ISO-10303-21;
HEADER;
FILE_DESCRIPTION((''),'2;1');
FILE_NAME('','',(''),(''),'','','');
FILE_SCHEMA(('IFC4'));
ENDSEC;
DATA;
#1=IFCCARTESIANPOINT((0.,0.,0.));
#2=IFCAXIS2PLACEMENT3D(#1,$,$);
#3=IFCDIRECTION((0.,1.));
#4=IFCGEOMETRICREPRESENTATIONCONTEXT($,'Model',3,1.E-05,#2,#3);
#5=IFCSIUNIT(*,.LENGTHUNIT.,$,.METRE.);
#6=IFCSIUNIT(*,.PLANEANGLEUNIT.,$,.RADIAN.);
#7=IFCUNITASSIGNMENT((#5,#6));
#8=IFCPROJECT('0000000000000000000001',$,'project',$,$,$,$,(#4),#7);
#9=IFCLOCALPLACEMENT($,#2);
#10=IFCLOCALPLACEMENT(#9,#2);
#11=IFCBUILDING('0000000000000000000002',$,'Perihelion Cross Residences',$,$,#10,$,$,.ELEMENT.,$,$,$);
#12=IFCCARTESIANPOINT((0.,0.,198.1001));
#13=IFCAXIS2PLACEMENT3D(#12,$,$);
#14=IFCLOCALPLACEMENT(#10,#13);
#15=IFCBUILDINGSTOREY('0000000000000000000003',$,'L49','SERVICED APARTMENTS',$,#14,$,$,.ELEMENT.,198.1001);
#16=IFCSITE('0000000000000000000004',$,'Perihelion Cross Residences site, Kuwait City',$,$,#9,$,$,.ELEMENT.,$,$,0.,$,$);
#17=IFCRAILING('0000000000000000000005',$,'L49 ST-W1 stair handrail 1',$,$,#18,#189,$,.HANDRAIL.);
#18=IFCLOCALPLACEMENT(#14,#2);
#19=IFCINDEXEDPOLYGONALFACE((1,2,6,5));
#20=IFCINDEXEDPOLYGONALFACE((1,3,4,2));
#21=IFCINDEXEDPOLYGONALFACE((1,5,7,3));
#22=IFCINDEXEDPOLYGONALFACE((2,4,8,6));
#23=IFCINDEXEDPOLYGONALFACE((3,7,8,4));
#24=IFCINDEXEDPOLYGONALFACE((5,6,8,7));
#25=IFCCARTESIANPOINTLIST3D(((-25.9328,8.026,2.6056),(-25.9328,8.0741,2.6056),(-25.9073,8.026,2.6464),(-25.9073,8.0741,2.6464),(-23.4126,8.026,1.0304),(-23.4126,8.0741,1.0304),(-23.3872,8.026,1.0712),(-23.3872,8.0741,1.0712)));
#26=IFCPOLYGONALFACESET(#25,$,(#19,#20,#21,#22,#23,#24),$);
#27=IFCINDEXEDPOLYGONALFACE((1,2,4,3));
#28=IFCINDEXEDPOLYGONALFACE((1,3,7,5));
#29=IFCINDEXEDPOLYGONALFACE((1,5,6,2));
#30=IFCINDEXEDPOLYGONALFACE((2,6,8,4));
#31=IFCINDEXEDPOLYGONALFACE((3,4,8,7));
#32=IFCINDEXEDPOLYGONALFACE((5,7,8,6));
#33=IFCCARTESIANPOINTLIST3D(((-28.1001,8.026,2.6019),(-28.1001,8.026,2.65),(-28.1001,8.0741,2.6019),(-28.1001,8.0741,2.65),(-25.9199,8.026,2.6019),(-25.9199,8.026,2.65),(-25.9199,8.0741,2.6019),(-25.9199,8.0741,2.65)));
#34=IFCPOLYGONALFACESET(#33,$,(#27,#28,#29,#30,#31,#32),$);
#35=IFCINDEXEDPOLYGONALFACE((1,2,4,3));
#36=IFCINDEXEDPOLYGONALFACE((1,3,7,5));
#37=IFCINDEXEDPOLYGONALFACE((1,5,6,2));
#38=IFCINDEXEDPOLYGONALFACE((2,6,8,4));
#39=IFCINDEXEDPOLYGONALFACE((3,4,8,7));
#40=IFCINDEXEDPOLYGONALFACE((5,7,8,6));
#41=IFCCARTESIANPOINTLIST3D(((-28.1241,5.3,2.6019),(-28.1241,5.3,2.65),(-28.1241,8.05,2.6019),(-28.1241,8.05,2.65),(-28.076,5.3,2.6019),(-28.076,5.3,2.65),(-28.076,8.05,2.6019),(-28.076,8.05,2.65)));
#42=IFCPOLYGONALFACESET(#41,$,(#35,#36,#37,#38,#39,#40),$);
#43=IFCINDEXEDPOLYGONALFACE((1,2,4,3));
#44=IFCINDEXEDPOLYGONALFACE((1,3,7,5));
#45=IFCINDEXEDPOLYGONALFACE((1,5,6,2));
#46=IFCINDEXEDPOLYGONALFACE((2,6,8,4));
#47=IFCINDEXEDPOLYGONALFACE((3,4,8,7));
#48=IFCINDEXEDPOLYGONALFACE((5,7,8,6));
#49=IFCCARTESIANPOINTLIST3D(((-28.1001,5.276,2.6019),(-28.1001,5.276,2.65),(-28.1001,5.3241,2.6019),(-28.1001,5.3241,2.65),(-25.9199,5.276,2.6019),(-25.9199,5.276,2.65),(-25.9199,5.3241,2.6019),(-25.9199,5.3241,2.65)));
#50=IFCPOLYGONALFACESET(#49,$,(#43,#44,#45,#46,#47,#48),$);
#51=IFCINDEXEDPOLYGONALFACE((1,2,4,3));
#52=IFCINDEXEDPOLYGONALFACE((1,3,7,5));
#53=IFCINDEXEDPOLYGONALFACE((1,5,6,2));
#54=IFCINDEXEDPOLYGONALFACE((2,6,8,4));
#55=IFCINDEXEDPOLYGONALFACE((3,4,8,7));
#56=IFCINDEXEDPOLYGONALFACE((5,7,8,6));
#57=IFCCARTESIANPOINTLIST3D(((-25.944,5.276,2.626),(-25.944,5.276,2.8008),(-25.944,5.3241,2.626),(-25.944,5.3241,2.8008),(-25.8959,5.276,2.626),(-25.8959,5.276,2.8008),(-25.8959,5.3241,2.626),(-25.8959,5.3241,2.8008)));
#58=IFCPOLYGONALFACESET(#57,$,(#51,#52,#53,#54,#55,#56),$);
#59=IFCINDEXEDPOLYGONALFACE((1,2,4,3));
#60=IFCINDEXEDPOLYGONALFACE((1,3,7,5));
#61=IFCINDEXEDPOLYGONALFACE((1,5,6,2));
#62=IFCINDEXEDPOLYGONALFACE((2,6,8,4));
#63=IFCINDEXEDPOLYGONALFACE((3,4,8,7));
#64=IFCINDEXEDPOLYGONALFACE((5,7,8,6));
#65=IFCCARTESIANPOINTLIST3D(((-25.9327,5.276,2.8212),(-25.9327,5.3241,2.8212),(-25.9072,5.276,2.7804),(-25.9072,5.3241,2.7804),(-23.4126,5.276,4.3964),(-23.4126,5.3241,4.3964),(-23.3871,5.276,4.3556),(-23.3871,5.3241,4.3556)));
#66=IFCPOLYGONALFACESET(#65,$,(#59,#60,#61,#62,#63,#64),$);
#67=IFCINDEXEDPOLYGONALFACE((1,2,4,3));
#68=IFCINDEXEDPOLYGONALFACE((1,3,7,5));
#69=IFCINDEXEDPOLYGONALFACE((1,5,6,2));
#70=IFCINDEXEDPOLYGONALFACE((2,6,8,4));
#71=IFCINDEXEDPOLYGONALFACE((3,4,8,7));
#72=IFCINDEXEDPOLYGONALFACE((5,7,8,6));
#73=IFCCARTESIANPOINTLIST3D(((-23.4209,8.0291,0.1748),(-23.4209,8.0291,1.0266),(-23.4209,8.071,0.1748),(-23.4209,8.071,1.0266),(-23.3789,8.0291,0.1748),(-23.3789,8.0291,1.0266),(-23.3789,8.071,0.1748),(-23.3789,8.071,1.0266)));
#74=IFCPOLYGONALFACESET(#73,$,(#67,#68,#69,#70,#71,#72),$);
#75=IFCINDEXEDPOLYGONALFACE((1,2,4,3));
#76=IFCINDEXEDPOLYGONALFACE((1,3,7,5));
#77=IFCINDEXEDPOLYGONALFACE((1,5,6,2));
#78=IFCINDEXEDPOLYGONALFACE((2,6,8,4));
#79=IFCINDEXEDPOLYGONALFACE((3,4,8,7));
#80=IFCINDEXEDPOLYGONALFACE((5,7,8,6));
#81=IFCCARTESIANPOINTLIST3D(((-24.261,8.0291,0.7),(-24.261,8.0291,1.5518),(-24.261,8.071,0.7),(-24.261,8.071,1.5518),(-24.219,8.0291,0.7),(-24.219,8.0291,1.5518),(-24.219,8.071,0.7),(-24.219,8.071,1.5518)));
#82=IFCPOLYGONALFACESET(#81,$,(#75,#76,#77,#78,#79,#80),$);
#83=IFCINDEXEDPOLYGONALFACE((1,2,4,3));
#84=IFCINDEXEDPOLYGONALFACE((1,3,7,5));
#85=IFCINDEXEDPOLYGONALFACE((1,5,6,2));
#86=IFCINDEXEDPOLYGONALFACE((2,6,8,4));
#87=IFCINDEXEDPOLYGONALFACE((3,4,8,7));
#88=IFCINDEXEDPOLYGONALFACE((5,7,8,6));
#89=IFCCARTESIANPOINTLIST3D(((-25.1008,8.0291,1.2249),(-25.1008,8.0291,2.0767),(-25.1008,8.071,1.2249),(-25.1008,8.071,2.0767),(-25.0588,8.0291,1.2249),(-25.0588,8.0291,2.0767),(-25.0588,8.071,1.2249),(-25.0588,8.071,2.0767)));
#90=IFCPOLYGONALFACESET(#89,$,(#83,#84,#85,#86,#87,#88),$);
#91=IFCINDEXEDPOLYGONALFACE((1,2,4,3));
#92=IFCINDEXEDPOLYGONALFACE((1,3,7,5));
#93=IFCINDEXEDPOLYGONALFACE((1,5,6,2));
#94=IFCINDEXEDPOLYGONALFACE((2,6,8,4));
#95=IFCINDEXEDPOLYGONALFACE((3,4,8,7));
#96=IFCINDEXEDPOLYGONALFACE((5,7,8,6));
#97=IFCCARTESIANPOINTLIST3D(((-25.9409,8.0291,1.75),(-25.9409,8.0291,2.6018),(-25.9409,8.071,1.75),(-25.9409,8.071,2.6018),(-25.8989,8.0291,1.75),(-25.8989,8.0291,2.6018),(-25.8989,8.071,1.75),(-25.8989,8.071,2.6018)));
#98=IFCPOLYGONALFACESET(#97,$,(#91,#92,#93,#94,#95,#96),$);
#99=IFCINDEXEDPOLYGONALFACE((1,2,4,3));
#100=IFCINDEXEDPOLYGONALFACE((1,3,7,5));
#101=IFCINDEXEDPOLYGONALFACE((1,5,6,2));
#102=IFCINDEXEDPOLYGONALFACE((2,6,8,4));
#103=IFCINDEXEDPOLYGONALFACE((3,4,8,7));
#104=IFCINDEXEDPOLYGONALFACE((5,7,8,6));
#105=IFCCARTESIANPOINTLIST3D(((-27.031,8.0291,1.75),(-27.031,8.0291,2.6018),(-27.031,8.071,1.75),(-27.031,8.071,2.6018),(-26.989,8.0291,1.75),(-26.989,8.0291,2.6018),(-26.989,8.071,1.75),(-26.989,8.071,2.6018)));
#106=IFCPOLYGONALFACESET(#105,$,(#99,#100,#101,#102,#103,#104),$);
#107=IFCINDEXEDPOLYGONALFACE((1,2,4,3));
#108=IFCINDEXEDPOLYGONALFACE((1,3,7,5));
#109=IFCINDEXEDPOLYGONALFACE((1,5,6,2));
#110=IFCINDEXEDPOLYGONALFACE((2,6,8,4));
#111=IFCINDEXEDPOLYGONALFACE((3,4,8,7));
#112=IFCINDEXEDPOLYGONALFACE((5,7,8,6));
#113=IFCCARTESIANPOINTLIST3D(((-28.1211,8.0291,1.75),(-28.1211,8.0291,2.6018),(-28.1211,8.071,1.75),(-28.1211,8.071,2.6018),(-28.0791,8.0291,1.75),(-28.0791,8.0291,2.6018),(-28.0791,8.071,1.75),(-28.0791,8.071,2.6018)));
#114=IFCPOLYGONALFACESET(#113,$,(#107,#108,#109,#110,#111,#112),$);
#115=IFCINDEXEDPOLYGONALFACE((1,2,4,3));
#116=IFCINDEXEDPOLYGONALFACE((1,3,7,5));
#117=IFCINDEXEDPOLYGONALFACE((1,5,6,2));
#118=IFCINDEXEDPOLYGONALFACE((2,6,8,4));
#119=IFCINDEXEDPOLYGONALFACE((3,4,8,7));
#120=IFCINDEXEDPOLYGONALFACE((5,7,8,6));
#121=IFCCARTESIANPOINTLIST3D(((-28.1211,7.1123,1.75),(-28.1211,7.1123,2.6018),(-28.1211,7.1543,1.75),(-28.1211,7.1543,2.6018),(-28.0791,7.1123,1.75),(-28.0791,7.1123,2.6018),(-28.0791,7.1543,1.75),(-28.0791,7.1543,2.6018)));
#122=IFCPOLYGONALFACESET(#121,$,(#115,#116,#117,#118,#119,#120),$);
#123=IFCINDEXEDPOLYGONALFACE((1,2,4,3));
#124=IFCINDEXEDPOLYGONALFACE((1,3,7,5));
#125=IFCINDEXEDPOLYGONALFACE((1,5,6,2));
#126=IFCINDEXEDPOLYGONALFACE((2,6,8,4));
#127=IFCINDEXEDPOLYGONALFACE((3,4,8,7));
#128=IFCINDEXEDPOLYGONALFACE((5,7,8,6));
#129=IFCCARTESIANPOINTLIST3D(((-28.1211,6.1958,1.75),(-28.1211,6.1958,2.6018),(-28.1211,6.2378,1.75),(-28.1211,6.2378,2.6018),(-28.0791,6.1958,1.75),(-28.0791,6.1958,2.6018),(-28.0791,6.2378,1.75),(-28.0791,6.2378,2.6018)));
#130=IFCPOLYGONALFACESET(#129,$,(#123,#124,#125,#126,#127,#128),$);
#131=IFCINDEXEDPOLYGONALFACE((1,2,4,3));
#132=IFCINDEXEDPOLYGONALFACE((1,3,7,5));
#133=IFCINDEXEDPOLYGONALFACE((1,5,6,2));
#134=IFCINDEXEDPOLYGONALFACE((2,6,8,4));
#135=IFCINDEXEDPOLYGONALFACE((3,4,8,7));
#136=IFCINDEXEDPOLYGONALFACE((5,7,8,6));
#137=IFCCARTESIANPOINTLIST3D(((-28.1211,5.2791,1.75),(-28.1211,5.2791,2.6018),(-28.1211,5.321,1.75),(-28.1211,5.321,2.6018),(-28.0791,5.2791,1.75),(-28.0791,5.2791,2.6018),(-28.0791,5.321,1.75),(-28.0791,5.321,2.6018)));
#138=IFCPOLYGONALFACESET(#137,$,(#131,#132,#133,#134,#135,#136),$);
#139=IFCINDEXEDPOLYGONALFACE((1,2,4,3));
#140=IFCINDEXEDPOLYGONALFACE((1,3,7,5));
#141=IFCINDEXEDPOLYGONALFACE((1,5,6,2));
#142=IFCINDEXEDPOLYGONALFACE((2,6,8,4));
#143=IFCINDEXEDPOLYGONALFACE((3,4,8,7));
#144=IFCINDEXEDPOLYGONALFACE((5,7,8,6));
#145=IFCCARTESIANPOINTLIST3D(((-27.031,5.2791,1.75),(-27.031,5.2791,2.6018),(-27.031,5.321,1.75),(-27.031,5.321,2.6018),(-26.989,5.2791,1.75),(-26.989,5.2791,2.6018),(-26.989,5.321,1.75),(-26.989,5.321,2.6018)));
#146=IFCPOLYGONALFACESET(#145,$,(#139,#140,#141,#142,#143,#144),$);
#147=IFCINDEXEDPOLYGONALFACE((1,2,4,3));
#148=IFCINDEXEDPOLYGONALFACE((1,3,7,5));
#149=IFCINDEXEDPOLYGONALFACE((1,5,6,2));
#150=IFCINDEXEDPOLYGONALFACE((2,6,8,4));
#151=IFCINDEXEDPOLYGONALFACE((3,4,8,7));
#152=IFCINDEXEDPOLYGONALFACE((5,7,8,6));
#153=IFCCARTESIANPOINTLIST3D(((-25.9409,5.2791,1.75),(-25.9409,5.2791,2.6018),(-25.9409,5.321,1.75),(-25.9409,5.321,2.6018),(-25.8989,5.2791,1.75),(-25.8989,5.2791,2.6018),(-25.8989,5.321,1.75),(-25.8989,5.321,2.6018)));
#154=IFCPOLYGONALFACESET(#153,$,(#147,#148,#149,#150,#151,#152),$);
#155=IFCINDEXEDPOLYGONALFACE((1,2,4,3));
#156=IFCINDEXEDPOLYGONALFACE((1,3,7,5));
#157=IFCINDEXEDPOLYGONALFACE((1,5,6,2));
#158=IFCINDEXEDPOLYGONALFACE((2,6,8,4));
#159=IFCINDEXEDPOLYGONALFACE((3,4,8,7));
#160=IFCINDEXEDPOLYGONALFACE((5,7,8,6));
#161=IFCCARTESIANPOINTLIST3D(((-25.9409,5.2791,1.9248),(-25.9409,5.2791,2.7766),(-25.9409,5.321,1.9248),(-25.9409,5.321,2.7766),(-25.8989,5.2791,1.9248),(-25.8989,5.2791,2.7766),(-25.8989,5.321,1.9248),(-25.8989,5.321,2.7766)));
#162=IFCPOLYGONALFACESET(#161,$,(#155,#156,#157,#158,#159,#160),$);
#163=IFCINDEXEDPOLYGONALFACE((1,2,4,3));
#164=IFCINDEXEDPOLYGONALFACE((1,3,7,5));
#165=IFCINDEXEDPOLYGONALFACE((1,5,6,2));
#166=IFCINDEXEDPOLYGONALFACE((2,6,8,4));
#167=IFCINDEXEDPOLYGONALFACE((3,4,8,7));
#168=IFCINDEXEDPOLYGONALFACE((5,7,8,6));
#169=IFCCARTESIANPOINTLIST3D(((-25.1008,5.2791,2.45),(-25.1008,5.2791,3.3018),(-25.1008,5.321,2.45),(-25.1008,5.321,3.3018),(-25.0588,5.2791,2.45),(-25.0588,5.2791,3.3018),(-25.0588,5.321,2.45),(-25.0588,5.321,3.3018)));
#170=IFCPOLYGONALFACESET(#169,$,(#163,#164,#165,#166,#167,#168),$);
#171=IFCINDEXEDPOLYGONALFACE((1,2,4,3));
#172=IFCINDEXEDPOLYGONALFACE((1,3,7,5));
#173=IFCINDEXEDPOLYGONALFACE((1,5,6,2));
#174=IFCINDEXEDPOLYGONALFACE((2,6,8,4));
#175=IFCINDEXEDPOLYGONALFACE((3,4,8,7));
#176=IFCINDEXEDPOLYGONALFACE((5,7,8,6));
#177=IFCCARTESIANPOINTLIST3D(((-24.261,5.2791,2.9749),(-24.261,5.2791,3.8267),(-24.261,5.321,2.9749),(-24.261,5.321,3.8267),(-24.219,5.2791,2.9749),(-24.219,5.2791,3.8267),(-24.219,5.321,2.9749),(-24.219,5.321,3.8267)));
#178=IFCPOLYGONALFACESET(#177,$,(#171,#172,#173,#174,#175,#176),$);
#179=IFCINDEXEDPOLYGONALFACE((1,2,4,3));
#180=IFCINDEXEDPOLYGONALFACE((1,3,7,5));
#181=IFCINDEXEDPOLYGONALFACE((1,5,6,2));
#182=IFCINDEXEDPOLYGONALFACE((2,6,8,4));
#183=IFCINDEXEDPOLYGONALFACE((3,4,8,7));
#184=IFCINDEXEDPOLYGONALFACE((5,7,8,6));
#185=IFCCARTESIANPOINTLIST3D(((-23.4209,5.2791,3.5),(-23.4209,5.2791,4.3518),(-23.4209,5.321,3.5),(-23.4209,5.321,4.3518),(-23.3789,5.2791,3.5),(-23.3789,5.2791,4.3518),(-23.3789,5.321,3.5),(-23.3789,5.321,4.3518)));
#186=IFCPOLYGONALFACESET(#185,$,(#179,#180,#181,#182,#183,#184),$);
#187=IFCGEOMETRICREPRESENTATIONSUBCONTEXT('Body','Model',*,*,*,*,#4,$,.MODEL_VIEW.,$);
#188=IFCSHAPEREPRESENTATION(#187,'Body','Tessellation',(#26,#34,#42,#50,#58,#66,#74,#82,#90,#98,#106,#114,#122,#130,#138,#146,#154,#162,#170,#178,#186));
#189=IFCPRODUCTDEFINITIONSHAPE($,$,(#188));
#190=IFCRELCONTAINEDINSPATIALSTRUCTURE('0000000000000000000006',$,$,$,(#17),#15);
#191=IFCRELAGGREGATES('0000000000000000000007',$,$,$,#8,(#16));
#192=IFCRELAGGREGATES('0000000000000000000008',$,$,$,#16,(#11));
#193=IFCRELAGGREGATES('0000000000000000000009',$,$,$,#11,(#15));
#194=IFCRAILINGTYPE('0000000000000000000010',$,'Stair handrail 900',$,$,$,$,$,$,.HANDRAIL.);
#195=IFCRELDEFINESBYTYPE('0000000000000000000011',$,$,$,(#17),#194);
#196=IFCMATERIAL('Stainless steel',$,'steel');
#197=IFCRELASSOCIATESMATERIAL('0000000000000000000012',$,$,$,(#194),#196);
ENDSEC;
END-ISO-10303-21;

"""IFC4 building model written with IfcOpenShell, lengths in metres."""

from ifc_helpers import new_model, si_unit, direction, frame, origin, origin_2d, place, context, subcontext, project, spatial, rectangle, extrude, material, type_object, element, save


model = new_model("IFC4")

# Units and contexts
model_context = context("Model", 3, precision=1e-05, world=origin(), true_north=direction((0.0, 1.0)))
body_context = subcontext(model_context, "Body", "Model", "MODEL_VIEW")
ifc_project = project(units=[si_unit("LENGTHUNIT", "METRE"), si_unit("PLANEANGLEUNIT", "RADIAN")], contexts=[model_context])

# Site, building, storey
site_placement = place(None, origin())
site = spatial("IfcSite", under=ifc_project, at=site_placement, Name="Perihelion Cross Residences site, Kuwait City", CompositionType="ELEMENT", RefElevation=0.0)
building_placement = place(site_placement, origin())
building = spatial("IfcBuilding", under=site, at=building_placement, Name="Perihelion Cross Residences", CompositionType="ELEMENT")
storey_placement = place(building_placement, frame((0.0, 0.0, 198.1001)))
storey = spatial("IfcBuildingStorey", under=building, at=storey_placement, Name="L49", Description="SERVICED APARTMENTS", CompositionType="ELEMENT", Elevation=198.1001)

# Railing
ifc_material_1 = material(Name="Stainless steel", Category="steel")
railing_type_1 = type_object("IfcRailingType", Name="Stair handrail 900", PredefinedType="HANDRAIL", material=ifc_material_1)
railing_1_placement = place(storey_placement, frame((-23.3999, 8.05, 0.1748)))
element("IfcRailing", 1, at=railing_1_placement, inside=storey, type_object=railing_type_1, Name="L49 ST-W1 stair handrail 1", PredefinedType="HANDRAIL", context=body_context, shape_type="SweptSolid", body=[
    extrude(rectangle(XDim=0.0481, YDim=0.0481, at=origin_2d()), frame((0.0, 0.0, 0.876), z_axis=(-0.847971, 0.0, 0.530043), x_axis=(0.0, -1.0, 0.0)), (0.0, 0.0, 1.0), 2.9719),
    extrude(rectangle(XDim=0.0481, YDim=0.0481, at=origin_2d()), frame((-2.52, 0.0, 2.4512), z_axis=(-1.0, 0.0, 0.0), x_axis=(0.0, -1.0, 0.0)), (0.0, 0.0, 1.0), 2.1802),
    extrude(rectangle(XDim=0.0481, YDim=0.0481, at=origin_2d()), frame((-4.7002, 0.0, 2.4512), z_axis=(0.0, -1.0, 0.0), x_axis=(1.0, 0.0, 0.0)), (0.0, 0.0, 1.0), 2.75),
    extrude(rectangle(XDim=0.0481, YDim=0.0481, at=origin_2d()), frame((-4.7002, -2.75, 2.4512), z_axis=(1.0, 0.0, 0.0), x_axis=(0.0, 1.0, 0.0)), (0.0, 0.0, 1.0), 2.1802),
    extrude(rectangle(XDim=0.0481, YDim=0.0481, at=origin_2d()), frame((-2.52, -2.75, 2.4512), z_axis=(0.0, 0.0, 1.0), x_axis=(1.0, 0.0, 0.0)), (0.0, 0.0, 1.0), 0.1748),
    extrude(rectangle(XDim=0.0481, YDim=0.0481, at=origin_2d()), frame((-2.52, -2.75, 2.626), z_axis=(0.847971, 0.0, 0.530043), x_axis=(0.0, 1.0, 0.0)), (0.0, 0.0, 1.0), 2.9719),
    extrude(rectangle(XDim=0.042, YDim=0.042, at=origin_2d()), origin(), (0.0, 0.0, 1.0), 0.8518),
    extrude(rectangle(XDim=0.042, YDim=0.042, at=origin_2d()), frame((-0.8401, 0.0, 0.5251)), (0.0, 0.0, 1.0), 0.8518),
    extrude(rectangle(XDim=0.042, YDim=0.042, at=origin_2d()), frame((-1.6799, 0.0, 1.05)), (0.0, 0.0, 1.0), 0.8518),
    extrude(rectangle(XDim=0.042, YDim=0.042, at=origin_2d()), frame((-2.52, 0.0, 1.5752)), (0.0, 0.0, 1.0), 0.8518),
    extrude(rectangle(XDim=0.042, YDim=0.042, at=origin_2d()), frame((-3.6101, 0.0, 1.5752)), (0.0, 0.0, 1.0), 0.8518),
    extrude(rectangle(XDim=0.042, YDim=0.042, at=origin_2d()), frame((-4.7002, 0.0, 1.5752)), (0.0, 0.0, 1.0), 0.8518),
    extrude(rectangle(XDim=0.042, YDim=0.042, at=origin_2d()), frame((-4.7002, -0.9167, 1.5752)), (0.0, 0.0, 1.0), 0.8518),
    extrude(rectangle(XDim=0.042, YDim=0.042, at=origin_2d()), frame((-4.7002, -1.8333, 1.5752)), (0.0, 0.0, 1.0), 0.8518),
    extrude(rectangle(XDim=0.042, YDim=0.042, at=origin_2d()), frame((-4.7002, -2.75, 1.5752)), (0.0, 0.0, 1.0), 0.8518),
    extrude(rectangle(XDim=0.042, YDim=0.042, at=origin_2d()), frame((-3.6101, -2.75, 1.5752)), (0.0, 0.0, 1.0), 0.8518),
    extrude(rectangle(XDim=0.042, YDim=0.042, at=origin_2d()), frame((-2.52, -2.75, 1.5752)), (0.0, 0.0, 1.0), 0.8518),
    extrude(rectangle(XDim=0.042, YDim=0.042, at=origin_2d()), frame((-2.52, -2.75, 1.75)), (0.0, 0.0, 1.0), 0.8518),
    extrude(rectangle(XDim=0.042, YDim=0.042, at=origin_2d()), frame((-1.6799, -2.75, 2.2751)), (0.0, 0.0, 1.0), 0.8518),
    extrude(rectangle(XDim=0.042, YDim=0.042, at=origin_2d()), frame((-0.8401, -2.75, 2.8)), (0.0, 0.0, 1.0), 0.8518),
    extrude(rectangle(XDim=0.042, YDim=0.042, at=origin_2d()), frame((0.0, -2.75, 3.3252)), (0.0, 0.0, 1.0), 0.8518),
])

save(model, "model.ifc")
